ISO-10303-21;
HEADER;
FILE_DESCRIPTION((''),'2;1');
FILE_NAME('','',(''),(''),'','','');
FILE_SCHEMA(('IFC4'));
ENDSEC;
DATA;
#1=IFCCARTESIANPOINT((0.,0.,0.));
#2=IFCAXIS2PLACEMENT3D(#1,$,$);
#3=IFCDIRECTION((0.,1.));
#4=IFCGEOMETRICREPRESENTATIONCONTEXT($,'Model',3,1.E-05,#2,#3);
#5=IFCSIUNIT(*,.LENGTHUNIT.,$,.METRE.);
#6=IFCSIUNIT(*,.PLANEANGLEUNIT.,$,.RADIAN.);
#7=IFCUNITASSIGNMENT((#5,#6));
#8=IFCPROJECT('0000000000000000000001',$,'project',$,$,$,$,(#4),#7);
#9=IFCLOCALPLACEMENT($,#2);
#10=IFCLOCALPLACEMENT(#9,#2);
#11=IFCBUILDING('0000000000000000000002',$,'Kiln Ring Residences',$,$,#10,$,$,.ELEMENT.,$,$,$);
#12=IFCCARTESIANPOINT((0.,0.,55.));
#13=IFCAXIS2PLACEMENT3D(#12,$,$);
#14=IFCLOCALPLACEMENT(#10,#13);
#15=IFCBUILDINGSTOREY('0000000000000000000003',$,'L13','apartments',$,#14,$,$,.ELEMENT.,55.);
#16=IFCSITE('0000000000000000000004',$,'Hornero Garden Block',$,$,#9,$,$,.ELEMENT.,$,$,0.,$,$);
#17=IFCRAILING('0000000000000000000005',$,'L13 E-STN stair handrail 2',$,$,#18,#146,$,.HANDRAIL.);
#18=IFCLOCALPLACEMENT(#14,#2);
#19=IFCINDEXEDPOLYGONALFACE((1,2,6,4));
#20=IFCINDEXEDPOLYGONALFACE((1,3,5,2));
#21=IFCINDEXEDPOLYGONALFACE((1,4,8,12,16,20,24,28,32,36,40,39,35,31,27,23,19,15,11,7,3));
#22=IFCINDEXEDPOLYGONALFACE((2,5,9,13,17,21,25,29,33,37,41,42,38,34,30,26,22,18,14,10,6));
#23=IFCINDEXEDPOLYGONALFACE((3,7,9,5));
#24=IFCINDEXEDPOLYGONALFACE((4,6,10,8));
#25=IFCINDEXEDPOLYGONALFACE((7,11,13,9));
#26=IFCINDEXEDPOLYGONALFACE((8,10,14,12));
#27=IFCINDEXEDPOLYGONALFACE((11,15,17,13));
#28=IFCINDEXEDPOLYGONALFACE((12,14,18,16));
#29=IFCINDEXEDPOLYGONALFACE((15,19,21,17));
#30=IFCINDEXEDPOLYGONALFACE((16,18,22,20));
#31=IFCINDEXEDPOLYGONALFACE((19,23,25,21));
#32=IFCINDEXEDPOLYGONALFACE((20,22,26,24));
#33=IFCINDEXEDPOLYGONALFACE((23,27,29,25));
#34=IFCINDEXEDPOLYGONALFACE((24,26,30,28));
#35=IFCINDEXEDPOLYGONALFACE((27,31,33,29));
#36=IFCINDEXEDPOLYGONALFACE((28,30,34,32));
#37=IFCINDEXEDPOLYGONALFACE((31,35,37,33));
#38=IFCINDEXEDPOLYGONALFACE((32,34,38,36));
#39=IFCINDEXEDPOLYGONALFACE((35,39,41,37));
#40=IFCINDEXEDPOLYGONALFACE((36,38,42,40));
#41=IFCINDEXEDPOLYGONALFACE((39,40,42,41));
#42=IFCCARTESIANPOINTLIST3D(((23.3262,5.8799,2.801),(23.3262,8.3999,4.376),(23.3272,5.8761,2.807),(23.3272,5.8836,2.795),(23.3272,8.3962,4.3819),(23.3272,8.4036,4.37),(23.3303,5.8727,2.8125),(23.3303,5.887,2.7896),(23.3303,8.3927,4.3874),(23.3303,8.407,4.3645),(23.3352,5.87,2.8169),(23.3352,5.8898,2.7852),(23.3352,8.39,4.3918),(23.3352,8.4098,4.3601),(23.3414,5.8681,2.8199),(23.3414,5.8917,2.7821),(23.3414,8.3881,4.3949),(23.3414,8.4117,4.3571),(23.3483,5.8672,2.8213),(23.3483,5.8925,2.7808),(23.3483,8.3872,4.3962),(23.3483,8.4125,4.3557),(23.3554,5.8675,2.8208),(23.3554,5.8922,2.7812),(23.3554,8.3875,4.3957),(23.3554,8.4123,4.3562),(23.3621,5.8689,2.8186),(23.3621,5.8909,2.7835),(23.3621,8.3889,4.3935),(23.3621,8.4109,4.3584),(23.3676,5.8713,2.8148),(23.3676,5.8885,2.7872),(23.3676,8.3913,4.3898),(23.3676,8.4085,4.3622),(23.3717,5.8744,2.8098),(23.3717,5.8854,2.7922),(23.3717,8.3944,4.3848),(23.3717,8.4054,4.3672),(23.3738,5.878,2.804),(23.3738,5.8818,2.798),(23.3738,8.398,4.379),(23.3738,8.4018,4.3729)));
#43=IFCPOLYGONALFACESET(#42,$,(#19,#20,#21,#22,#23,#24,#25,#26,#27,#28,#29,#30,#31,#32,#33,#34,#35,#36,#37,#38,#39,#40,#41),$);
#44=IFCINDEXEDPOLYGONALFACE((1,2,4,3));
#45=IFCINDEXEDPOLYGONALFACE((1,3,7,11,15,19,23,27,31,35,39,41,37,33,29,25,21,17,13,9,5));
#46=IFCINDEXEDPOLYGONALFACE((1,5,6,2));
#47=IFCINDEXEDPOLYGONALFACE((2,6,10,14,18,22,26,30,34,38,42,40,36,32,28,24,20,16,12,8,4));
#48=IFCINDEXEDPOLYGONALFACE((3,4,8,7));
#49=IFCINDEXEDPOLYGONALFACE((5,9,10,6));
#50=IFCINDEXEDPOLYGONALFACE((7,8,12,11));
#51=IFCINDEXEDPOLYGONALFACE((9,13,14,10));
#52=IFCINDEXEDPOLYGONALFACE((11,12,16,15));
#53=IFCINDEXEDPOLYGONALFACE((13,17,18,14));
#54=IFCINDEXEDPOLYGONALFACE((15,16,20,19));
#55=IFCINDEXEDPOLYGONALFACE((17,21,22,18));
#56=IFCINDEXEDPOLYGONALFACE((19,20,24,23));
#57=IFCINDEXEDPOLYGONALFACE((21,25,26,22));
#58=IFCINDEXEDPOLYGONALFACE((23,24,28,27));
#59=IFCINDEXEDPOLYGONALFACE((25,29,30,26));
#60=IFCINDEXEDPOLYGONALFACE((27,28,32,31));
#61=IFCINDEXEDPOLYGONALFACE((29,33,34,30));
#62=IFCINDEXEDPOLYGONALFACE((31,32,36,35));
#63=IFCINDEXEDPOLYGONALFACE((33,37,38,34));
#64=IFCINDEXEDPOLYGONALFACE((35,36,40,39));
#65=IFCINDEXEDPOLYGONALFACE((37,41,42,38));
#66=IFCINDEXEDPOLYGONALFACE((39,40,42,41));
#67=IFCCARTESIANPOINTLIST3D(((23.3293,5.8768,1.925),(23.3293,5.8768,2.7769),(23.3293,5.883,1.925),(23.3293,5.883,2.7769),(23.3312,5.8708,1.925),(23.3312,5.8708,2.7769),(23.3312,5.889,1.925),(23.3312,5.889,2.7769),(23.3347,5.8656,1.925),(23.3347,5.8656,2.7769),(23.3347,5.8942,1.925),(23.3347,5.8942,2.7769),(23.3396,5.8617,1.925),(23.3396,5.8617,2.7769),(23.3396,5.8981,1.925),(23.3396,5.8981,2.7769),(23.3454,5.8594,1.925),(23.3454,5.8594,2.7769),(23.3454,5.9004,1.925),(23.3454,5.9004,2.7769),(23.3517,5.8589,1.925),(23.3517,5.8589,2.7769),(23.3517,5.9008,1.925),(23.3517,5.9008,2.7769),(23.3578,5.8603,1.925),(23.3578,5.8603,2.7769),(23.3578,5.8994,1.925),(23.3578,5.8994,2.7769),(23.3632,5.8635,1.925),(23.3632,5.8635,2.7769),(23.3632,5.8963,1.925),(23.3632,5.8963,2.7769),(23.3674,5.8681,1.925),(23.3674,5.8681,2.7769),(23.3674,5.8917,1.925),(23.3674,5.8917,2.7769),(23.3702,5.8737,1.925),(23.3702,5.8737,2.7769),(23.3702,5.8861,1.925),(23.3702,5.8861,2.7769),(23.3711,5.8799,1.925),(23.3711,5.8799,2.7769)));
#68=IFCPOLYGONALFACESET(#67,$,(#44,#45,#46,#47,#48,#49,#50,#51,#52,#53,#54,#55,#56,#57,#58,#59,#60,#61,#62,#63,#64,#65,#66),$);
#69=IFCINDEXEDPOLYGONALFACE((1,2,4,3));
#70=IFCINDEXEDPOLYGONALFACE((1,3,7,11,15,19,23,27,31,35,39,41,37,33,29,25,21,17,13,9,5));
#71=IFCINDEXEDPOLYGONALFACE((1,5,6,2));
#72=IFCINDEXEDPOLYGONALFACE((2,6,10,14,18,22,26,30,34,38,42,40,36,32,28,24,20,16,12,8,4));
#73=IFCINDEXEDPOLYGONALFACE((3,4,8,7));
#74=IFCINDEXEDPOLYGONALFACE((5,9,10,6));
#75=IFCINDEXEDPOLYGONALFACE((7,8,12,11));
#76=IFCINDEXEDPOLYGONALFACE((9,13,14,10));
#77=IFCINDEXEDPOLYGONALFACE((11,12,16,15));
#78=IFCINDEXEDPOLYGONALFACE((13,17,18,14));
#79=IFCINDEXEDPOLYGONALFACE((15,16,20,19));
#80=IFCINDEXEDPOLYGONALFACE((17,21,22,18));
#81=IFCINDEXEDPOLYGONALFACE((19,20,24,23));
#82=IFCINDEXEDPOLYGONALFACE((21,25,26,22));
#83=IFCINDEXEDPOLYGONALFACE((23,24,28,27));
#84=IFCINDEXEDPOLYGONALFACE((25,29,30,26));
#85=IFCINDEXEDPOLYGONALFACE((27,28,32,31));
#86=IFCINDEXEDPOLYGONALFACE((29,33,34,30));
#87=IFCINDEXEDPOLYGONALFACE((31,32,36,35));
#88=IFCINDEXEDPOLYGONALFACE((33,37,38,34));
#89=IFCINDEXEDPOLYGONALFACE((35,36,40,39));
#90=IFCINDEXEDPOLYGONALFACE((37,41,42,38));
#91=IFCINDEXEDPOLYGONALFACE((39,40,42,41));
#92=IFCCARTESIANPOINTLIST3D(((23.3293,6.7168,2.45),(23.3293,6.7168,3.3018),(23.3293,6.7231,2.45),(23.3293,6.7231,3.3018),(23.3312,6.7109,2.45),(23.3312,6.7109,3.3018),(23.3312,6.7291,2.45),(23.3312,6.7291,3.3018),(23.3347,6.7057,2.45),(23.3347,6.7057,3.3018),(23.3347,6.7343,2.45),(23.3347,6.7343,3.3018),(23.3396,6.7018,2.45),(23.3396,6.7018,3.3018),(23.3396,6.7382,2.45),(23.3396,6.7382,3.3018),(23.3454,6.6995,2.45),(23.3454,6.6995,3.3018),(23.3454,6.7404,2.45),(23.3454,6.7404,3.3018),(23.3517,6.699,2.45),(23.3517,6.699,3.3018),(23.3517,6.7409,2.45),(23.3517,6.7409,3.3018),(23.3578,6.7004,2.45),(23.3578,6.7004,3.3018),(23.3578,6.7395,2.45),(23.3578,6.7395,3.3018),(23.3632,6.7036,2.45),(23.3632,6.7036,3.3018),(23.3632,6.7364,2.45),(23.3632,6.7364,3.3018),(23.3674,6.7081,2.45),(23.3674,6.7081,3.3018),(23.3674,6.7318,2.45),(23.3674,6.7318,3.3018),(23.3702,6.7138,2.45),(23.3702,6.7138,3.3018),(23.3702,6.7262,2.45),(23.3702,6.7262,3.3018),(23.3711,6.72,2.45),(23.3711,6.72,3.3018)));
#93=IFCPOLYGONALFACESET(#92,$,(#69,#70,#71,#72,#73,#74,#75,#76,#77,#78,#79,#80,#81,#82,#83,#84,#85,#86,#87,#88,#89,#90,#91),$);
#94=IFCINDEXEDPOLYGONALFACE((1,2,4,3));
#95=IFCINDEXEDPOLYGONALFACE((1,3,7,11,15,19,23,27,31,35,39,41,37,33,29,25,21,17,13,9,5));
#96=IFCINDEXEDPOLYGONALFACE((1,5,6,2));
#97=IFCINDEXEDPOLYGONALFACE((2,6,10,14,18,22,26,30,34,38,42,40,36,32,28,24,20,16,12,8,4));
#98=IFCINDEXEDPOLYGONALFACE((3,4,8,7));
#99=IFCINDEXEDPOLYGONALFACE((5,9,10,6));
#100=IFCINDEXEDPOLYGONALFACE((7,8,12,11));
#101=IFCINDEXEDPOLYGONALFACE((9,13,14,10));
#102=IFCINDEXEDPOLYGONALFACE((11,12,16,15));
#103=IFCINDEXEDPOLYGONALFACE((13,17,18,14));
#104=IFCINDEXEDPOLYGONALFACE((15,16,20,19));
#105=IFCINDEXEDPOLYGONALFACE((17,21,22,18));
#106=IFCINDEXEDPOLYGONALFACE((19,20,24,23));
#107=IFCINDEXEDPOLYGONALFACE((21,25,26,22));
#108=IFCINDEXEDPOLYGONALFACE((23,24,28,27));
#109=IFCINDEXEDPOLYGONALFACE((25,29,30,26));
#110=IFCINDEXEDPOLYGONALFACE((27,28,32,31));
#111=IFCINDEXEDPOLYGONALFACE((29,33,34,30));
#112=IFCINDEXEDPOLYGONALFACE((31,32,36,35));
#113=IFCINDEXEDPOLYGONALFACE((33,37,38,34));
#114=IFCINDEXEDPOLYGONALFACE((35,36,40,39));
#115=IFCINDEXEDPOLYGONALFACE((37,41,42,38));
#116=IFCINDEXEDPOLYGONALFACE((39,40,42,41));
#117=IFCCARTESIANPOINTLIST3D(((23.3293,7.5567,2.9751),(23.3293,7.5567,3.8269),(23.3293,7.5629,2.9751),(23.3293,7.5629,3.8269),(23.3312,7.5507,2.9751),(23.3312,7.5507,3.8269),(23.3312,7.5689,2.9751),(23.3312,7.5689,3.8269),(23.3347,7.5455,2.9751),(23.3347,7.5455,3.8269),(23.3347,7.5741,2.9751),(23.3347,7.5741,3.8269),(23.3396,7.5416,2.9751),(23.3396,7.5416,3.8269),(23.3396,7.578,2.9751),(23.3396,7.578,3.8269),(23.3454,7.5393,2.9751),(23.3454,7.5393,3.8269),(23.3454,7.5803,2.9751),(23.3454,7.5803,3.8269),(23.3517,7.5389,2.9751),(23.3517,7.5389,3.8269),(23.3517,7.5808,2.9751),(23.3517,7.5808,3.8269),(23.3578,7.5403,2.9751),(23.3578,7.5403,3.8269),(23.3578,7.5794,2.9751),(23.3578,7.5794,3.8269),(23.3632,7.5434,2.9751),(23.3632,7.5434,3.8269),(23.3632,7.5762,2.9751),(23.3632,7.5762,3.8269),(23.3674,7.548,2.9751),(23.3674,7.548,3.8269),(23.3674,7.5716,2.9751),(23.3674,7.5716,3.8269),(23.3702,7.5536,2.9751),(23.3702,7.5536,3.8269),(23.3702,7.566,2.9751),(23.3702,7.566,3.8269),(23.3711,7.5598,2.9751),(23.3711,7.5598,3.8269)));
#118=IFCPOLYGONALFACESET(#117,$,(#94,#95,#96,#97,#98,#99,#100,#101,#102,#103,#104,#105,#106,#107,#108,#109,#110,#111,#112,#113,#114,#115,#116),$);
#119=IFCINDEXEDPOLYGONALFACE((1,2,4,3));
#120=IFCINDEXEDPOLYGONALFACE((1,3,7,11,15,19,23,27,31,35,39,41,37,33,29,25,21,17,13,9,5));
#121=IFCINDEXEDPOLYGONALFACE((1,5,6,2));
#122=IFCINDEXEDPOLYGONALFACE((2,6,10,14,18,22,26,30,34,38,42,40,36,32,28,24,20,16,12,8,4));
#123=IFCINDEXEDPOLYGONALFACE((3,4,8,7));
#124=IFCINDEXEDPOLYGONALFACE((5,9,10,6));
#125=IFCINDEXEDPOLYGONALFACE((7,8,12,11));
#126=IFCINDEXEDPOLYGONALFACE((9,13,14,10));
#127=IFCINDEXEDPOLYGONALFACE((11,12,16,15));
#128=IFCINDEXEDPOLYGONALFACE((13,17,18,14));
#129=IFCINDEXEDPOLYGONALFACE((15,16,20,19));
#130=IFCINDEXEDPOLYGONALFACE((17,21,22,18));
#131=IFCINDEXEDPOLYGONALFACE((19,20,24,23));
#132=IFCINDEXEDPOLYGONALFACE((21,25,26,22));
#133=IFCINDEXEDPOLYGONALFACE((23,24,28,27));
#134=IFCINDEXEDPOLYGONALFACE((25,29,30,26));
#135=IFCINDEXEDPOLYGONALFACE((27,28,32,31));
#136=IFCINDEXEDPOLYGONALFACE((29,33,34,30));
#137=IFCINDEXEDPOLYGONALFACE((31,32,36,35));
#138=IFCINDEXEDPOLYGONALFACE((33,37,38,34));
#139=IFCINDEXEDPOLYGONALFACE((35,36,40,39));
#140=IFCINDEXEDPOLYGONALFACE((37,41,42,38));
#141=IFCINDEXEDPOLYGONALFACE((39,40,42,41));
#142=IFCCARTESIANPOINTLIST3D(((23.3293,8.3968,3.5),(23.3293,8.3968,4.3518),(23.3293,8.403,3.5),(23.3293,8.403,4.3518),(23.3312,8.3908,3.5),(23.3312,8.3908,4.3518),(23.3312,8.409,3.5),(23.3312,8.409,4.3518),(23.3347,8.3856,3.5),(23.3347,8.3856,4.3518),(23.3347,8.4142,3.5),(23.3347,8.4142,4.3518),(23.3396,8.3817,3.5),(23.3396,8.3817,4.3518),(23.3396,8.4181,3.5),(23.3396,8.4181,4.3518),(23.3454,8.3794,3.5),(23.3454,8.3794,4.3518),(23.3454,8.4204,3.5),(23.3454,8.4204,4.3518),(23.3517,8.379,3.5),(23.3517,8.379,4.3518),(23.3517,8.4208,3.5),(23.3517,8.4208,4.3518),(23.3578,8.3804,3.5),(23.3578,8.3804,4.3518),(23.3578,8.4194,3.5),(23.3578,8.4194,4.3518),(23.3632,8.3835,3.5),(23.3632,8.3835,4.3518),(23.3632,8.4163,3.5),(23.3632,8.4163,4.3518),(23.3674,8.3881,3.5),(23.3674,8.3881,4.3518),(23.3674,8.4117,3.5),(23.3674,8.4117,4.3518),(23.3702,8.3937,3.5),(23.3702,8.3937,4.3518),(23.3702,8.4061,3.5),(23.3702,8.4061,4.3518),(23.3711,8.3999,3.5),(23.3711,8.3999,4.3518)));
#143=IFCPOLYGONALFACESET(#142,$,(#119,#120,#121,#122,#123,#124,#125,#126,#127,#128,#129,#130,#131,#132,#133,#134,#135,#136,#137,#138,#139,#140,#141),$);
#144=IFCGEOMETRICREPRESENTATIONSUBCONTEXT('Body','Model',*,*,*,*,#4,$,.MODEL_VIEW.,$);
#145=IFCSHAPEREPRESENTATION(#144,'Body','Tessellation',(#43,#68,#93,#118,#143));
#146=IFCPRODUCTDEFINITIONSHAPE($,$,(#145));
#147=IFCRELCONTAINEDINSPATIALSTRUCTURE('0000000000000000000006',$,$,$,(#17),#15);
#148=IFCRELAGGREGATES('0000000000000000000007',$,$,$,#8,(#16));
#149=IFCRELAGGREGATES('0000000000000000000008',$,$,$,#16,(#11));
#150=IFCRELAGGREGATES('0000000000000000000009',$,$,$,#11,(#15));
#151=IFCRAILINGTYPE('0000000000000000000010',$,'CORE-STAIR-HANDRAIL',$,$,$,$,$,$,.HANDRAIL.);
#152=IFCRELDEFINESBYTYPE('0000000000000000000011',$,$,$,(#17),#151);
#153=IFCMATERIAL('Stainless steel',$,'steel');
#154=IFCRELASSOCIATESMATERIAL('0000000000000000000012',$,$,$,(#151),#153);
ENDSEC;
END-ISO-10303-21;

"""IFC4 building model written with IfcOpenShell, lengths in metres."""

from ifc_helpers import new_model, si_unit, direction, frame, origin, origin_2d, place, context, subcontext, project, spatial, circle, extrude, material, type_object, element, save


model = new_model("IFC4")

# Units and contexts
model_context = context("Model", 3, precision=1e-05, world=origin(), true_north=direction((0.0, 1.0)))
body_context = subcontext(model_context, "Body", "Model", "MODEL_VIEW")
ifc_project = project(units=[si_unit("LENGTHUNIT", "METRE"), si_unit("PLANEANGLEUNIT", "RADIAN")], contexts=[model_context])

# Site, building, storey
site_placement = place(None, origin())
site = spatial("IfcSite", under=ifc_project, at=site_placement, Name="Hornero Garden Block", CompositionType="ELEMENT", RefElevation=0.0)
building_placement = place(site_placement, origin())
building = spatial("IfcBuilding", under=site, at=building_placement, Name="Kiln Ring Residences", CompositionType="ELEMENT")
storey_placement = place(building_placement, frame((0.0, 0.0, 55.0)))
storey = spatial("IfcBuildingStorey", under=building, at=storey_placement, Name="L13", Description="apartments", CompositionType="ELEMENT", Elevation=55.0)

# Railing
ifc_material_1 = material(Name="Stainless steel", Category="steel")
railing_type_1 = type_object("IfcRailingType", Name="CORE-STAIR-HANDRAIL", PredefinedType="HANDRAIL", material=ifc_material_1)
railing_1_placement = place(storey_placement, frame((23.3501, 5.8799, 1.925)))
element("IfcRailing", 1, at=railing_1_placement, inside=storey, type_object=railing_type_1, Name="L13 E-STN stair handrail 2", PredefinedType="HANDRAIL", context=body_context, shape_type="SweptSolid", body=[
    extrude(circle(Radius=0.0239, at=origin_2d()), frame((0.0, 0.0, 0.876), z_axis=(0.0, 0.848008, 0.529984), x_axis=(-1.0, 0.0, 0.0)), (0.0, 0.0, 1.0), 2.9717),
    extrude(circle(Radius=0.021, at=origin_2d()), origin(), (0.0, 0.0, 1.0), 0.8518),
    extrude(circle(Radius=0.021, at=origin_2d()), frame((0.0, 0.8401, 0.5249)), (0.0, 0.0, 1.0), 0.8518),
    extrude(circle(Radius=0.021, at=origin_2d()), frame((0.0, 1.6799, 1.05)), (0.0, 0.0, 1.0), 0.8518),
    extrude(circle(Radius=0.021, at=origin_2d()), frame((0.0, 2.52, 1.575)), (0.0, 0.0, 1.0), 0.8518),
])

save(model, "model.ifc")
